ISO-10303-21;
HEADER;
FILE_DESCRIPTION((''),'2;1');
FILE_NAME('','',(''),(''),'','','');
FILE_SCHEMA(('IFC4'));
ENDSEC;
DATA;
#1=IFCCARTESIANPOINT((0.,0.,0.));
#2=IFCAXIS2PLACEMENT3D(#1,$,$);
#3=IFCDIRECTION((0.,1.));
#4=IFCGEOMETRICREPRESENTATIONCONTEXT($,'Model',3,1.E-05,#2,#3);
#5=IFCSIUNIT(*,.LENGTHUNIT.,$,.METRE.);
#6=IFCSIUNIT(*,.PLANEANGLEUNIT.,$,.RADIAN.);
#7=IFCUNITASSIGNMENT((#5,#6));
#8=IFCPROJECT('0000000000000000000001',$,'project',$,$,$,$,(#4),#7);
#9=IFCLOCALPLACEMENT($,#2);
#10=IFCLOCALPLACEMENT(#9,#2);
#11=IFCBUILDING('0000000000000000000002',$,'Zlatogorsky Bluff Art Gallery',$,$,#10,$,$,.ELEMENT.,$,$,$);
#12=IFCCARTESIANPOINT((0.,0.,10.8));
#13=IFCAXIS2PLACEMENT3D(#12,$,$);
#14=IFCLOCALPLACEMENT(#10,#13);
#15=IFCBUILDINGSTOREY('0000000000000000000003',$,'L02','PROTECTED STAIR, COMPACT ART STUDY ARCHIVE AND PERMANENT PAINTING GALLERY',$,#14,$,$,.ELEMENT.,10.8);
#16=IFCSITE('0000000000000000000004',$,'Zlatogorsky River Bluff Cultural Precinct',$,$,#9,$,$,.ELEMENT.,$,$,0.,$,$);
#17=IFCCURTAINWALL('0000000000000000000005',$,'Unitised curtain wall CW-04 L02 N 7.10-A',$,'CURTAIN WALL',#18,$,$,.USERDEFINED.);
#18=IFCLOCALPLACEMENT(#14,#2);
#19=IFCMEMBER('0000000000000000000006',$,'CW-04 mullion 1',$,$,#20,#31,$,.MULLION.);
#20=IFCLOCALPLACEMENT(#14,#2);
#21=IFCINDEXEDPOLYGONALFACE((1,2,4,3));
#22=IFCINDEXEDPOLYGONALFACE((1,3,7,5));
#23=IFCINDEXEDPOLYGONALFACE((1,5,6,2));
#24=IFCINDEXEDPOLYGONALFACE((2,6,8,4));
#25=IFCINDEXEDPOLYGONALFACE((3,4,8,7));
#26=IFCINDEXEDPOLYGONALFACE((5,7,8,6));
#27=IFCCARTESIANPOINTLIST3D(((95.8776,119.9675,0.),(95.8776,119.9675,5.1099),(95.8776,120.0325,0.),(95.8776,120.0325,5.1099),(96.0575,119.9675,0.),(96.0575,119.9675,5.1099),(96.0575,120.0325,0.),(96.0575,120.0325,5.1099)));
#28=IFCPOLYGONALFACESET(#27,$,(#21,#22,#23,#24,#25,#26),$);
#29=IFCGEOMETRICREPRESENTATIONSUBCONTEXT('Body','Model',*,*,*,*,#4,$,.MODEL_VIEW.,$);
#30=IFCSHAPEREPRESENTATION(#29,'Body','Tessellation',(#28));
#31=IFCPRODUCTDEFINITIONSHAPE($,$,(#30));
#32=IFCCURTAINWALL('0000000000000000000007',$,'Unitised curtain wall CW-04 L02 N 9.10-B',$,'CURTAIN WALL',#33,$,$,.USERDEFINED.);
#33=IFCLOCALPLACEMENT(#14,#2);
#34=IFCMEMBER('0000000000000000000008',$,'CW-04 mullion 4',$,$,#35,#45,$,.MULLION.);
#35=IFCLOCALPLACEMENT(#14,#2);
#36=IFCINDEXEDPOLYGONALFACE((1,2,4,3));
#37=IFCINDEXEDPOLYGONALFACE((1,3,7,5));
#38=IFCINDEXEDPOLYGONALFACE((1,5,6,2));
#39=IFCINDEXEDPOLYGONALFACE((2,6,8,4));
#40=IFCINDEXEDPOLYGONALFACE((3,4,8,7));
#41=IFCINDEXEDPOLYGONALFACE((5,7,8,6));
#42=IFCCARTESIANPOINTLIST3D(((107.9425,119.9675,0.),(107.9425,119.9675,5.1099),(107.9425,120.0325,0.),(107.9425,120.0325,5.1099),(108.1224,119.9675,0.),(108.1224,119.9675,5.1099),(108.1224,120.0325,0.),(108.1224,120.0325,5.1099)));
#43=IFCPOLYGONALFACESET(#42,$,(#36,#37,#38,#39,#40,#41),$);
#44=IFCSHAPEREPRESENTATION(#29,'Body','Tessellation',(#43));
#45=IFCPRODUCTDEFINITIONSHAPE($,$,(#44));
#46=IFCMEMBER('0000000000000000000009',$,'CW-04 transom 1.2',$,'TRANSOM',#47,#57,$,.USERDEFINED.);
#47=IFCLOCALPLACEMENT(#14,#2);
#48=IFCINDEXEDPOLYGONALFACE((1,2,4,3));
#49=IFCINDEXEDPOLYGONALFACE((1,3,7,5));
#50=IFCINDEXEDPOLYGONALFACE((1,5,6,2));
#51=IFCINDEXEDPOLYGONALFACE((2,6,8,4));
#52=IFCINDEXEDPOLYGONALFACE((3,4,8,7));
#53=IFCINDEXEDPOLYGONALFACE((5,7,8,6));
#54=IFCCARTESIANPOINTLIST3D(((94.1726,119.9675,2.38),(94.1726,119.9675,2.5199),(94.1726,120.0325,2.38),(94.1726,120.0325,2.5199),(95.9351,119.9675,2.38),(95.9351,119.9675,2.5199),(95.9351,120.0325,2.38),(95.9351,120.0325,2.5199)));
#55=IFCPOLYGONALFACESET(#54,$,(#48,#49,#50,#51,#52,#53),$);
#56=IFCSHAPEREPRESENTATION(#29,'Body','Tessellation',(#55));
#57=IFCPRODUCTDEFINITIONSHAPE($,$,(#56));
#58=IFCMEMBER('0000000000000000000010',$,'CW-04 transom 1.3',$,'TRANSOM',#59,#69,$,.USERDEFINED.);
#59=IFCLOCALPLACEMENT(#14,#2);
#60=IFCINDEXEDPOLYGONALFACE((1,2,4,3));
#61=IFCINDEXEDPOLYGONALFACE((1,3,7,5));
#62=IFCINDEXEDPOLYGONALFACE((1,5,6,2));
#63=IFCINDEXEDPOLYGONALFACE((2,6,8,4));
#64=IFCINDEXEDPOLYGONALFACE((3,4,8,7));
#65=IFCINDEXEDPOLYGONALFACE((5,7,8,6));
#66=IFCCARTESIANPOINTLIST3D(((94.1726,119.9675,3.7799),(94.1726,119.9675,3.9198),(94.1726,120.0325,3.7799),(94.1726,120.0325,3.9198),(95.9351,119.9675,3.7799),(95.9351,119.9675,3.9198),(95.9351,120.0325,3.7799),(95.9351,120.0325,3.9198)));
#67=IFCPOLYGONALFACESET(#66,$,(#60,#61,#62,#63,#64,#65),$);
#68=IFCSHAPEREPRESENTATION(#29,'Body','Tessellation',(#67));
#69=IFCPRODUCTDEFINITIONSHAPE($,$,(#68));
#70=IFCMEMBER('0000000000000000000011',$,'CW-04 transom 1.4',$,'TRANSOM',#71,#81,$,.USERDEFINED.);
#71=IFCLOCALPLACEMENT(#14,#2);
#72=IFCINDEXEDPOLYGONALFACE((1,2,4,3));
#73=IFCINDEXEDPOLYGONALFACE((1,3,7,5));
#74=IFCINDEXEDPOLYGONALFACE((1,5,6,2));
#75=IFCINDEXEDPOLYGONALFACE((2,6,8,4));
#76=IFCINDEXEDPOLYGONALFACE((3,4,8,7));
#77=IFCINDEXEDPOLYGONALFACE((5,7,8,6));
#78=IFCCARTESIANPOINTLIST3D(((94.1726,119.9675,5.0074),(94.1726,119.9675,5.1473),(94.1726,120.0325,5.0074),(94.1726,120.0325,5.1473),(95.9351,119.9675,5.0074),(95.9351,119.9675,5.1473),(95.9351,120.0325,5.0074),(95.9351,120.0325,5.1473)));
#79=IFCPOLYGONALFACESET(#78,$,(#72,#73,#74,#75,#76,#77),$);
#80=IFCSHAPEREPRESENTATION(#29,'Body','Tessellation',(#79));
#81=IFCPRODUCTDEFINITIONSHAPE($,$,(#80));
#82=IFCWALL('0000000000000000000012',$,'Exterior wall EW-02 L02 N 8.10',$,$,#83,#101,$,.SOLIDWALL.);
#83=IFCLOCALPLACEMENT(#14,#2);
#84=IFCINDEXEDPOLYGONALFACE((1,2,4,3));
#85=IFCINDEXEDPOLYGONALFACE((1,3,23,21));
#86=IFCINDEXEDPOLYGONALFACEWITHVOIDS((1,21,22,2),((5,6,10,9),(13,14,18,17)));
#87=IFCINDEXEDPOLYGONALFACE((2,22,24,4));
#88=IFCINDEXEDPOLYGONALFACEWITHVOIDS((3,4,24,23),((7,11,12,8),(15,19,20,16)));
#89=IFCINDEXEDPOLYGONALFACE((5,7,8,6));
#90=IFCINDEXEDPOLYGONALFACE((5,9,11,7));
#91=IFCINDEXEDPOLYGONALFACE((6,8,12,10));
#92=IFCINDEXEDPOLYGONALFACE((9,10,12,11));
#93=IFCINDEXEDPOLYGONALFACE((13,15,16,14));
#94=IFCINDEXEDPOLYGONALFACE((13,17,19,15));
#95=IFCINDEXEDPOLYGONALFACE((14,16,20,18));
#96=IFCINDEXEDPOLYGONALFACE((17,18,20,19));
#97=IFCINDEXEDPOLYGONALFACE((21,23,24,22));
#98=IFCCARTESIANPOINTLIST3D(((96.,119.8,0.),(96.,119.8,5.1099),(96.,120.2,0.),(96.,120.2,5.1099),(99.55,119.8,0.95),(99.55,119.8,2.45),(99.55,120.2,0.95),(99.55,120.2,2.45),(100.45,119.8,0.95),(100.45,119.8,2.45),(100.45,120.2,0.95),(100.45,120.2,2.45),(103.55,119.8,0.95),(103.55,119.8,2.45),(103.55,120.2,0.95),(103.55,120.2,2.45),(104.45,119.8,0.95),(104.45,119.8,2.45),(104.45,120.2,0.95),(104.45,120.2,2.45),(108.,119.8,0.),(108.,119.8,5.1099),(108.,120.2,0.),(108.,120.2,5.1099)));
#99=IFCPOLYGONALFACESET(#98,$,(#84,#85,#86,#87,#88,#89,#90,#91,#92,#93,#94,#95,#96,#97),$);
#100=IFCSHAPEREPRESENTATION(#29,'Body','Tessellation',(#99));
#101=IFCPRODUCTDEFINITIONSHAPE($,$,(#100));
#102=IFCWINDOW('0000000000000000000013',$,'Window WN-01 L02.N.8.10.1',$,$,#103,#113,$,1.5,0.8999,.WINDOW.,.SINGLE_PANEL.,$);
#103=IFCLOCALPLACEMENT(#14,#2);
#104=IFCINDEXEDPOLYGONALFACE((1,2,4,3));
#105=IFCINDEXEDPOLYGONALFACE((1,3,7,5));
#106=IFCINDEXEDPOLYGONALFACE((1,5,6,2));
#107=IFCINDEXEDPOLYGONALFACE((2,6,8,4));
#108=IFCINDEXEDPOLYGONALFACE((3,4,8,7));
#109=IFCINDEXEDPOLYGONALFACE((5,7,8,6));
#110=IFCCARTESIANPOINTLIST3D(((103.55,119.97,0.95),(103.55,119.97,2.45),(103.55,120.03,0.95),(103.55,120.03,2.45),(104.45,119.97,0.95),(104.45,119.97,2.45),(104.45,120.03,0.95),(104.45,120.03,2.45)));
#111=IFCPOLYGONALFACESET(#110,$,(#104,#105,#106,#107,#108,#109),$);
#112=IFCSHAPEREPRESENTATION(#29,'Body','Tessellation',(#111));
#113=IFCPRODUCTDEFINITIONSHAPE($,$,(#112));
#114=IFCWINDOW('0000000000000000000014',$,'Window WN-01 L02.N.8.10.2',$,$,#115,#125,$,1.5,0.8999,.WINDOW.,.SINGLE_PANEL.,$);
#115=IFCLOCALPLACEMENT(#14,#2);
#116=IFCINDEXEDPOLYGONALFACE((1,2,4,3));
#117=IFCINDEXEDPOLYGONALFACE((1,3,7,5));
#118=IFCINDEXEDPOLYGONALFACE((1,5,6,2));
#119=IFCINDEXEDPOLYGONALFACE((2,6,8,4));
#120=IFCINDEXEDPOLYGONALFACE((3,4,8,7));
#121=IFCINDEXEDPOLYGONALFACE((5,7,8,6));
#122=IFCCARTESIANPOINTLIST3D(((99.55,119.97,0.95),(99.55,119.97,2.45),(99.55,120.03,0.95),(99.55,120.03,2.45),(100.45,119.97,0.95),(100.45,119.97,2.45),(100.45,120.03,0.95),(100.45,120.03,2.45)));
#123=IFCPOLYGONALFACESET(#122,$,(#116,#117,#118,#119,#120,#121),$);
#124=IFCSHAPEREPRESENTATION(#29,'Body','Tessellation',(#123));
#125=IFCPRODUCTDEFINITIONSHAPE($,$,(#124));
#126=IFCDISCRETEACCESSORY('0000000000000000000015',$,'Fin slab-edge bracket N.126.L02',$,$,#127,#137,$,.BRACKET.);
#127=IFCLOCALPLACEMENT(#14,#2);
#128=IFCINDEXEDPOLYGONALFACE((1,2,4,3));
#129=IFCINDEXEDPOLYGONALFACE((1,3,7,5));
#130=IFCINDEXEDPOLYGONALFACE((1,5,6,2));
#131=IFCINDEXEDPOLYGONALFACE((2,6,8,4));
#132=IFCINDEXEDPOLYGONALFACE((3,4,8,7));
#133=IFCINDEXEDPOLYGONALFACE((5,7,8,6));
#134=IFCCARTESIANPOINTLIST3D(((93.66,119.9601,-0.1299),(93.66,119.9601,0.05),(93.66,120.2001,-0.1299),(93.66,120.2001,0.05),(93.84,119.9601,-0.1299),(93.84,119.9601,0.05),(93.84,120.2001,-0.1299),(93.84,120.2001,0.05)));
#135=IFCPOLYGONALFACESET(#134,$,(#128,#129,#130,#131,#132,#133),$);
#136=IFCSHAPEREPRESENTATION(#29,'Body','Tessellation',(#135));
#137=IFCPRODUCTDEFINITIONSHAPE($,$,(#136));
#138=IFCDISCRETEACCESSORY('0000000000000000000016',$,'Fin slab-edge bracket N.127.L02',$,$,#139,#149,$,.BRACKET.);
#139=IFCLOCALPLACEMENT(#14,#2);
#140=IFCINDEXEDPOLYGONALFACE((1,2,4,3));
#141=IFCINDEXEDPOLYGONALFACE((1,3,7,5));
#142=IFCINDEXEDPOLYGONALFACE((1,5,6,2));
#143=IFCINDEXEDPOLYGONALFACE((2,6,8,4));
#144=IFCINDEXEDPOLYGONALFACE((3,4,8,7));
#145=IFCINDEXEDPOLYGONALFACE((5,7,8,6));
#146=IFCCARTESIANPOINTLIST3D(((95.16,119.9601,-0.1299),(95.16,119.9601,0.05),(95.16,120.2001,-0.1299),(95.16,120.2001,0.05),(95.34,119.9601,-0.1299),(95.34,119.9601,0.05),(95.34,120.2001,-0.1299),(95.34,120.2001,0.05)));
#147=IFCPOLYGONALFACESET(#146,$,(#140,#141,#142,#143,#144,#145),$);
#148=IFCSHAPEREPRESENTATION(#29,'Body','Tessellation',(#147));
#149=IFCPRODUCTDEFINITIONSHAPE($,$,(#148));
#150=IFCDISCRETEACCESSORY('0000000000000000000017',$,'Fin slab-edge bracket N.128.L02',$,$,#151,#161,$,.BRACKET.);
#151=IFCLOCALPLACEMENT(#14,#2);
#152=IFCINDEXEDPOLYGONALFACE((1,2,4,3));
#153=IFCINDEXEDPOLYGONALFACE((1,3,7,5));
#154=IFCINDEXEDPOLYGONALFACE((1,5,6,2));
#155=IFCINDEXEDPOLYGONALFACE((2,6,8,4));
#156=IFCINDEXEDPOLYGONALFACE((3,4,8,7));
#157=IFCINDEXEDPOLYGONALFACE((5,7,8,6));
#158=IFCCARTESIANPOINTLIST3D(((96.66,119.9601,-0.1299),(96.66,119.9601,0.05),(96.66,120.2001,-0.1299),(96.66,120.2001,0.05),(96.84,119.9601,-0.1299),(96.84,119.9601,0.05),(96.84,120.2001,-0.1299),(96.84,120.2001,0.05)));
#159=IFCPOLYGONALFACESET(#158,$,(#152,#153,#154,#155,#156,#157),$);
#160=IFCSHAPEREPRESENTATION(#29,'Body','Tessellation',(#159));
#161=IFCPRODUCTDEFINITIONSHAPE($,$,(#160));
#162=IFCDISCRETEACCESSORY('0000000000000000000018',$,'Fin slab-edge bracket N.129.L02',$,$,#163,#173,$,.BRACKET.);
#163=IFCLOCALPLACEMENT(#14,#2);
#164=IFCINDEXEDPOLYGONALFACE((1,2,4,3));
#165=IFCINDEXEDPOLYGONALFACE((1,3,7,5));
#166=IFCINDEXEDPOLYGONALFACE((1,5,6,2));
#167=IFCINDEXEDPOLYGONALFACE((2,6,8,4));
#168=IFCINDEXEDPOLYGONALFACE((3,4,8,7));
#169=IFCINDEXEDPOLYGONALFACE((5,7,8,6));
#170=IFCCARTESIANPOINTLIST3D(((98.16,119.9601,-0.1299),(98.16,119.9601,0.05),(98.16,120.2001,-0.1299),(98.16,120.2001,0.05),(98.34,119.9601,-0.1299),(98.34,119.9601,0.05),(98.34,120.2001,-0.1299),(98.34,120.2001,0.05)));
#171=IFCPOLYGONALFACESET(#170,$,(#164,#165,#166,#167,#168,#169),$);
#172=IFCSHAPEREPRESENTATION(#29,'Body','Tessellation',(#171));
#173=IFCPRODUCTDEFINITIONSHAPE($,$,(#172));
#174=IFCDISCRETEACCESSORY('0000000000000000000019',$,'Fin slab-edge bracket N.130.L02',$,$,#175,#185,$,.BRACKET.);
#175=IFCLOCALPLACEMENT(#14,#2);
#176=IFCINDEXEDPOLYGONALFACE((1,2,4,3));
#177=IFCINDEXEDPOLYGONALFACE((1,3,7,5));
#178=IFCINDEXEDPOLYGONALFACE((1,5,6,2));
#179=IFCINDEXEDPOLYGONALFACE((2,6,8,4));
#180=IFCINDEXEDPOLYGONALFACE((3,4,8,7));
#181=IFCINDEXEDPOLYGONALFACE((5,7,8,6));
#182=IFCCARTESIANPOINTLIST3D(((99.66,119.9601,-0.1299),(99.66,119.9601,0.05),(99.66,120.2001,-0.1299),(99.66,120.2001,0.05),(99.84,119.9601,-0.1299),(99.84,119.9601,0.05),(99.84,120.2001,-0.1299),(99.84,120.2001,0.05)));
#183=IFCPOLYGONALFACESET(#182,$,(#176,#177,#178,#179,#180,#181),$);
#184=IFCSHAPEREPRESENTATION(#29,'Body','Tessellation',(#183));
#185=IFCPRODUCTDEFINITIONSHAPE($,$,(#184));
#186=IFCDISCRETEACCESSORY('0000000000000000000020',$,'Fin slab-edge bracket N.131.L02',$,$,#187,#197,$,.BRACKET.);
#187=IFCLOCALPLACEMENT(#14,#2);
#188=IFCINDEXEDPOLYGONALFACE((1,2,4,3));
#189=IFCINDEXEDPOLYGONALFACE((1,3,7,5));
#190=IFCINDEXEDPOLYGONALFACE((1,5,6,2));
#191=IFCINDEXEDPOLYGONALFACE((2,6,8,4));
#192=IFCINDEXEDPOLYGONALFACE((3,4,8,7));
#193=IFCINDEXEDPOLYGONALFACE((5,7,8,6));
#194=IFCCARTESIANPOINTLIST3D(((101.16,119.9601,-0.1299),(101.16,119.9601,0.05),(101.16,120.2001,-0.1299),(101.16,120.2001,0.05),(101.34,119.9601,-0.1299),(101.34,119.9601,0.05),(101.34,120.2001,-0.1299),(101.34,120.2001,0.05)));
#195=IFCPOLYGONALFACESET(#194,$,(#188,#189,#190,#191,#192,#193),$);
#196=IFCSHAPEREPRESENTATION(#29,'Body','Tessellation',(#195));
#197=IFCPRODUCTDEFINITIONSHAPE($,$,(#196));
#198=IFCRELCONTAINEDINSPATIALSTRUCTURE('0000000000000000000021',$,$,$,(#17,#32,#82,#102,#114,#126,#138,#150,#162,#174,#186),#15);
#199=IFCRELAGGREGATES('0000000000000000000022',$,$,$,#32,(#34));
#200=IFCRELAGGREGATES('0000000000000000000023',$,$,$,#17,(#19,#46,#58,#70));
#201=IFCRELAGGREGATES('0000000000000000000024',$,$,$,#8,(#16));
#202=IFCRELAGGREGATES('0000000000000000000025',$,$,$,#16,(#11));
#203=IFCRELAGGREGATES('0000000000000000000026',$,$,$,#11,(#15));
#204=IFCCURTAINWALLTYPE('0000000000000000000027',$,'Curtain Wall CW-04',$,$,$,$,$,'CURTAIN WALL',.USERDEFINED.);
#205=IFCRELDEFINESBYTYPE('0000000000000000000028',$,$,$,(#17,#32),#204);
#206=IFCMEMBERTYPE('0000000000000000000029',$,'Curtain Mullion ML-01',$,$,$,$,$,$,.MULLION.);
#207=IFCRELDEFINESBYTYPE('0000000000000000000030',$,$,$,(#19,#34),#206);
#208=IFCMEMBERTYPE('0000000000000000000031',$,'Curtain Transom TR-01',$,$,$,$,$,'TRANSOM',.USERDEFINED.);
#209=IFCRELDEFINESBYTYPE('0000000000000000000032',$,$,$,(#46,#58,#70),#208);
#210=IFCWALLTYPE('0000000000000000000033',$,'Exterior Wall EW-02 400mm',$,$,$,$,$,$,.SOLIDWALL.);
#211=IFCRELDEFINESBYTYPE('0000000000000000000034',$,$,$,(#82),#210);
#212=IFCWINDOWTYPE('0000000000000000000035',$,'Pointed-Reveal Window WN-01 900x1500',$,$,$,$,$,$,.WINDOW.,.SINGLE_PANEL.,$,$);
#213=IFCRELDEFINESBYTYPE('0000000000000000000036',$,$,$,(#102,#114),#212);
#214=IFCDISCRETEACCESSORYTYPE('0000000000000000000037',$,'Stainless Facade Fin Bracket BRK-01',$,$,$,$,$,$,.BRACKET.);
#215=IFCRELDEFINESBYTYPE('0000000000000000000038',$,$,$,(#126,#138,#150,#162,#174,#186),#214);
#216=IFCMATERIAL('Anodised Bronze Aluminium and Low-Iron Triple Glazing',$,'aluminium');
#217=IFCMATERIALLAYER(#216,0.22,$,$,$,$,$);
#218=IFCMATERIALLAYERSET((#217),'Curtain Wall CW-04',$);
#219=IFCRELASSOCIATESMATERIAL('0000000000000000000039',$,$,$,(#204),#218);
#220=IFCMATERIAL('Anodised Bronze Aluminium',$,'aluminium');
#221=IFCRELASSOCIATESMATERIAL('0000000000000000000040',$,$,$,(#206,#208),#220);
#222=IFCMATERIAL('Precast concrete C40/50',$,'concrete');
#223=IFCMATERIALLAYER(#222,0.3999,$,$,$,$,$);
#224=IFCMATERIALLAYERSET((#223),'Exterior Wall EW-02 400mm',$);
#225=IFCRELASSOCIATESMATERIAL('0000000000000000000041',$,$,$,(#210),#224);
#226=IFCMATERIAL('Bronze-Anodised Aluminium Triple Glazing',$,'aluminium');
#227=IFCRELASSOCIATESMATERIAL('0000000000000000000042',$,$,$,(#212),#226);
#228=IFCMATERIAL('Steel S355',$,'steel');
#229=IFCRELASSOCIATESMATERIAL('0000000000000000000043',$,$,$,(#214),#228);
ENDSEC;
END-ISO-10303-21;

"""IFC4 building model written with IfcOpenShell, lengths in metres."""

from ifc_helpers import new_model, si_unit, direction, frame, frame_2d, origin, origin_2d, place, context, subcontext, project, spatial, rectangle, extrude, material, layer, layer_set, material_profile, profile_set, type_object, element, fill, aggregate, save


model = new_model("IFC4")

# Units and contexts
model_context = context("Model", 3, precision=1e-05, world=origin(), true_north=direction((0.0, 1.0)))
body_context = subcontext(model_context, "Body", "Model", "MODEL_VIEW")
ifc_project = project(units=[si_unit("LENGTHUNIT", "METRE"), si_unit("PLANEANGLEUNIT", "RADIAN")], contexts=[model_context])

# Site, building, storey
site_placement = place(None, origin())
site = spatial("IfcSite", under=ifc_project, at=site_placement, Name="Zlatogorsky River Bluff Cultural Precinct", CompositionType="ELEMENT", RefElevation=0.0)
building_placement = place(site_placement, origin())
building = spatial("IfcBuilding", under=site, at=building_placement, Name="Zlatogorsky Bluff Art Gallery", CompositionType="ELEMENT")
storey_placement = place(building_placement, frame((0.0, 0.0, 10.8)))
storey = spatial("IfcBuildingStorey", under=building, at=storey_placement, Name="L02", Description="PROTECTED STAIR, COMPACT ART STUDY ARCHIVE AND PERMANENT PAINTING GALLERY", CompositionType="ELEMENT", Elevation=10.8)

# Shared definitions
ifc_material_1 = material(Name="Steel S355", Category="steel")

# Curtain walls, members
ifc_material_2 = material(Name="Anodised Bronze Aluminium and Low-Iron Triple Glazing", Category="aluminium")
ifc_layer_1 = layer(ifc_material_2, 0.22)
ifc_layer_set_1 = layer_set([ifc_layer_1], Name="Curtain Wall CW-04")
curtain_wall_type = type_object("IfcCurtainWallType", Name="Curtain Wall CW-04", ElementType="CURTAIN WALL", PredefinedType="USERDEFINED", material=ifc_layer_set_1)
curtain_wall_1_placement = place(storey_placement, origin())
curtain_wall_1 = element("IfcCurtainWall", 1, at=curtain_wall_1_placement, inside=storey, type_object=curtain_wall_type, Name="Unitised curtain wall CW-04 L02 N 7.10-A", ObjectType="CURTAIN WALL", PredefinedType="USERDEFINED")
ifc_material_3 = material(Name="Anodised Bronze Aluminium", Category="aluminium")
ifc_material_profile_1 = material_profile(ifc_material_3, rectangle(XDim=0.0649, YDim=0.1799, at=origin_2d()), Name="ALU MULLION 65x180")
ifc_profile_set_1 = profile_set([ifc_material_profile_1], Name="Anodised Bronze Aluminium")
member_type_1 = type_object("IfcMemberType", Name="Curtain Mullion ML-01", PredefinedType="MULLION", material=ifc_profile_set_1)
member_1_placement = place(storey_placement, frame((95.9675, 120.0, 0.0), z_axis=(0.0, 0.0, 1.0), x_axis=(0.0, -1.0, 0.0)))
member_1 = element("IfcMember", 2, at=member_1_placement, type_object=member_type_1, Name="CW-04 mullion 1", PredefinedType="MULLION", context=body_context, shape_type="SweptSolid", body=[
    extrude(rectangle(XDim=0.0649, YDim=0.1799, at=origin_2d()), origin(), (0.0, 0.0, 1.0), 5.1099),
])
curtain_wall_2_placement = place(storey_placement, origin())
curtain_wall_2 = element("IfcCurtainWall", 3, at=curtain_wall_2_placement, inside=storey, type_object=curtain_wall_type, Name="Unitised curtain wall CW-04 L02 N 9.10-B", ObjectType="CURTAIN WALL", PredefinedType="USERDEFINED")
member_2_placement = place(storey_placement, frame((108.0325, 120.0, 0.0), z_axis=(0.0, 0.0, 1.0), x_axis=(0.0, -1.0, 0.0)))
member_2 = element("IfcMember", 4, at=member_2_placement, type_object=member_type_1, Name="CW-04 mullion 4", PredefinedType="MULLION", context=body_context, shape_type="SweptSolid", body=[
    extrude(rectangle(XDim=0.0649, YDim=0.1799, at=origin_2d()), origin(), (0.0, 0.0, 1.0), 5.1099),
])
aggregate(curtain_wall_2, [member_2])

# Members
ifc_material_profile_2 = material_profile(ifc_material_3, rectangle(XDim=0.0649, YDim=0.1399, at=origin_2d()), Name="ALU TRANSOM 65x140")
ifc_profile_set_2 = profile_set([ifc_material_profile_2], Name="Anodised Bronze Aluminium")
member_type_2 = type_object("IfcMemberType", Name="Curtain Transom TR-01", ElementType="TRANSOM", PredefinedType="USERDEFINED", material=ifc_profile_set_2)
member_3_placement = place(storey_placement, frame((95.9351, 120.0, 2.45), z_axis=(-1.0, 0.0, 0.0), x_axis=(0.0, -1.0, 0.0)))
member_3 = element("IfcMember", 5, at=member_3_placement, type_object=member_type_2, Name="CW-04 transom 1.2", ObjectType="TRANSOM", PredefinedType="USERDEFINED", context=body_context, shape_type="SweptSolid", body=[
    extrude(rectangle(XDim=0.0649, YDim=0.1399, at=origin_2d()), origin(), (0.0, 0.0, 1.0), 1.7625),
])
member_4_placement = place(storey_placement, frame((95.9351, 120.0, 3.8499), z_axis=(-1.0, 0.0, 0.0), x_axis=(0.0, -1.0, 0.0)))
member_4 = element("IfcMember", 6, at=member_4_placement, type_object=member_type_2, Name="CW-04 transom 1.3", ObjectType="TRANSOM", PredefinedType="USERDEFINED", context=body_context, shape_type="SweptSolid", body=[
    extrude(rectangle(XDim=0.0649, YDim=0.1399, at=origin_2d()), origin(), (0.0, 0.0, 1.0), 1.7625),
])
member_5_placement = place(storey_placement, frame((95.9351, 120.0, 5.0774), z_axis=(-1.0, 0.0, 0.0), x_axis=(0.0, -1.0, 0.0)))
member_5 = element("IfcMember", 7, at=member_5_placement, type_object=member_type_2, Name="CW-04 transom 1.4", ObjectType="TRANSOM", PredefinedType="USERDEFINED", context=body_context, shape_type="SweptSolid", body=[
    extrude(rectangle(XDim=0.0649, YDim=0.1399, at=origin_2d()), origin(), (0.0, 0.0, 1.0), 1.7625),
])
aggregate(curtain_wall_1, [member_1, member_3, member_4, member_5])

# Wall, openings, windows
ifc_material_4 = material(Name="Precast concrete C40/50", Category="concrete")
ifc_layer_2 = layer(ifc_material_4, 0.3999)
ifc_layer_set_2 = layer_set([ifc_layer_2], Name="Exterior Wall EW-02 400mm")
wall_type = type_object("IfcWallType", Name="Exterior Wall EW-02 400mm", PredefinedType="SOLIDWALL", material=ifc_layer_set_2)
wall_placement = place(storey_placement, frame((108.0, 120.0, 0.0), z_axis=(0.0, 0.0, 1.0), x_axis=(-1.0, 0.0, 0.0)))
wall = element("IfcWall", 8, at=wall_placement, inside=storey, type_object=wall_type, Name="Exterior wall EW-02 L02 N 8.10", PredefinedType="SOLIDWALL", context=body_context, shape_type="SweptSolid", body=[
    extrude(rectangle(XDim=12.0, YDim=0.3999, at=frame_2d((6.0, 0.0))), origin(), (0.0, 0.0, 1.0), 5.1099),
])
opening_1_placement = place(wall_placement, frame((3.55, 0.0, 0.95)))
opening_1 = element("IfcOpeningElement", 9, at=opening_1_placement, cuts=wall, PredefinedType="OPENING", context=body_context, shape_type="SweptSolid", body=[
    extrude(rectangle(XDim=0.8999, YDim=1.5, at=frame_2d((0.45, 0.75))), frame((0.0, 0.21, 0.0), z_axis=(0.0, -1.0, 0.0), x_axis=(1.0, 0.0, 0.0)), (0.0, 0.0, 1.0), 0.4199),
])
opening_2_placement = place(wall_placement, frame((7.55, 0.0, 0.95)))
opening_2 = element("IfcOpeningElement", 10, at=opening_2_placement, cuts=wall, PredefinedType="OPENING", context=body_context, shape_type="SweptSolid", body=[
    extrude(rectangle(XDim=0.8999, YDim=1.5, at=frame_2d((0.45, 0.75))), frame((0.0, 0.21, 0.0), z_axis=(0.0, -1.0, 0.0), x_axis=(1.0, 0.0, 0.0)), (0.0, 0.0, 1.0), 0.4199),
])
ifc_material_5 = material(Name="Bronze-Anodised Aluminium Triple Glazing", Category="aluminium")
window_type = type_object("IfcWindowType", Name="Pointed-Reveal Window WN-01 900x1500", PartitioningType="SINGLE_PANEL", PredefinedType="WINDOW", material=ifc_material_5)
window_1_placement = place(opening_1_placement, origin())
window_1 = element("IfcWindow", 11, at=window_1_placement, inside=storey, type_object=window_type, Name="Window WN-01 L02.N.8.10.1", OverallHeight=1.5, OverallWidth=0.8999, PartitioningType="SINGLE_PANEL", PredefinedType="WINDOW", context=body_context, shape_type="SweptSolid", body=[
    extrude(rectangle(XDim=0.8999, YDim=1.5, at=frame_2d((0.45, 0.75))), frame((0.0, 0.03, 0.0), z_axis=(0.0, -1.0, 0.0), x_axis=(1.0, 0.0, 0.0)), (0.0, 0.0, 1.0), 0.0601),
])
fill(opening_1, window_1)
window_2_placement = place(opening_2_placement, origin())
window_2 = element("IfcWindow", 12, at=window_2_placement, inside=storey, type_object=window_type, Name="Window WN-01 L02.N.8.10.2", OverallHeight=1.5, OverallWidth=0.8999, PartitioningType="SINGLE_PANEL", PredefinedType="WINDOW", context=body_context, shape_type="SweptSolid", body=[
    extrude(rectangle(XDim=0.8999, YDim=1.5, at=frame_2d((0.45, 0.75))), frame((0.0, 0.03, 0.0), z_axis=(0.0, -1.0, 0.0), x_axis=(1.0, 0.0, 0.0)), (0.0, 0.0, 1.0), 0.0601),
])
fill(opening_2, window_2)

# Discrete accessories
discrete_accessory_type = type_object("IfcDiscreteAccessoryType", Name="Stainless Facade Fin Bracket BRK-01", PredefinedType="BRACKET", material=ifc_material_1)
for number, where, z_axis, x_axis, name in (
    (13, (93.75, 120.0801, -0.1299), (0.0, 0.0, 1.0), (1.0, 0.0, 0.0), "Fin slab-edge bracket N.126.L02"),
    (14, (95.25, 120.0801, -0.1299), (0.0, 0.0, 1.0), (1.0, 0.0, 0.0), "Fin slab-edge bracket N.127.L02"),
    (15, (96.75, 120.0801, -0.1299), (0.0, 0.0, 1.0), (1.0, 0.0, 0.0), "Fin slab-edge bracket N.128.L02"),
    (16, (98.25, 120.0801, -0.1299), (0.0, 0.0, 1.0), (1.0, 0.0, 0.0), "Fin slab-edge bracket N.129.L02"),
    (17, (99.75, 120.0801, -0.1299), (0.0, 0.0, 1.0), (1.0, 0.0, 0.0), "Fin slab-edge bracket N.130.L02"),
    (18, (101.25, 120.0801, -0.1299), (0.0, 0.0, 1.0), (1.0, 0.0, 0.0), "Fin slab-edge bracket N.131.L02"),
):
    element("IfcDiscreteAccessory", number, at=place(storey_placement, frame(where, z_axis=z_axis, x_axis=x_axis)), inside=storey, type_object=discrete_accessory_type, Name=name, PredefinedType="BRACKET", context=body_context, shape_type="SweptSolid", body=[
        extrude(rectangle(XDim=0.1799, YDim=0.24, at=origin_2d()), origin(), (0.0, 0.0, 1.0), 0.1799),
    ])

save(model, "model.ifc")
